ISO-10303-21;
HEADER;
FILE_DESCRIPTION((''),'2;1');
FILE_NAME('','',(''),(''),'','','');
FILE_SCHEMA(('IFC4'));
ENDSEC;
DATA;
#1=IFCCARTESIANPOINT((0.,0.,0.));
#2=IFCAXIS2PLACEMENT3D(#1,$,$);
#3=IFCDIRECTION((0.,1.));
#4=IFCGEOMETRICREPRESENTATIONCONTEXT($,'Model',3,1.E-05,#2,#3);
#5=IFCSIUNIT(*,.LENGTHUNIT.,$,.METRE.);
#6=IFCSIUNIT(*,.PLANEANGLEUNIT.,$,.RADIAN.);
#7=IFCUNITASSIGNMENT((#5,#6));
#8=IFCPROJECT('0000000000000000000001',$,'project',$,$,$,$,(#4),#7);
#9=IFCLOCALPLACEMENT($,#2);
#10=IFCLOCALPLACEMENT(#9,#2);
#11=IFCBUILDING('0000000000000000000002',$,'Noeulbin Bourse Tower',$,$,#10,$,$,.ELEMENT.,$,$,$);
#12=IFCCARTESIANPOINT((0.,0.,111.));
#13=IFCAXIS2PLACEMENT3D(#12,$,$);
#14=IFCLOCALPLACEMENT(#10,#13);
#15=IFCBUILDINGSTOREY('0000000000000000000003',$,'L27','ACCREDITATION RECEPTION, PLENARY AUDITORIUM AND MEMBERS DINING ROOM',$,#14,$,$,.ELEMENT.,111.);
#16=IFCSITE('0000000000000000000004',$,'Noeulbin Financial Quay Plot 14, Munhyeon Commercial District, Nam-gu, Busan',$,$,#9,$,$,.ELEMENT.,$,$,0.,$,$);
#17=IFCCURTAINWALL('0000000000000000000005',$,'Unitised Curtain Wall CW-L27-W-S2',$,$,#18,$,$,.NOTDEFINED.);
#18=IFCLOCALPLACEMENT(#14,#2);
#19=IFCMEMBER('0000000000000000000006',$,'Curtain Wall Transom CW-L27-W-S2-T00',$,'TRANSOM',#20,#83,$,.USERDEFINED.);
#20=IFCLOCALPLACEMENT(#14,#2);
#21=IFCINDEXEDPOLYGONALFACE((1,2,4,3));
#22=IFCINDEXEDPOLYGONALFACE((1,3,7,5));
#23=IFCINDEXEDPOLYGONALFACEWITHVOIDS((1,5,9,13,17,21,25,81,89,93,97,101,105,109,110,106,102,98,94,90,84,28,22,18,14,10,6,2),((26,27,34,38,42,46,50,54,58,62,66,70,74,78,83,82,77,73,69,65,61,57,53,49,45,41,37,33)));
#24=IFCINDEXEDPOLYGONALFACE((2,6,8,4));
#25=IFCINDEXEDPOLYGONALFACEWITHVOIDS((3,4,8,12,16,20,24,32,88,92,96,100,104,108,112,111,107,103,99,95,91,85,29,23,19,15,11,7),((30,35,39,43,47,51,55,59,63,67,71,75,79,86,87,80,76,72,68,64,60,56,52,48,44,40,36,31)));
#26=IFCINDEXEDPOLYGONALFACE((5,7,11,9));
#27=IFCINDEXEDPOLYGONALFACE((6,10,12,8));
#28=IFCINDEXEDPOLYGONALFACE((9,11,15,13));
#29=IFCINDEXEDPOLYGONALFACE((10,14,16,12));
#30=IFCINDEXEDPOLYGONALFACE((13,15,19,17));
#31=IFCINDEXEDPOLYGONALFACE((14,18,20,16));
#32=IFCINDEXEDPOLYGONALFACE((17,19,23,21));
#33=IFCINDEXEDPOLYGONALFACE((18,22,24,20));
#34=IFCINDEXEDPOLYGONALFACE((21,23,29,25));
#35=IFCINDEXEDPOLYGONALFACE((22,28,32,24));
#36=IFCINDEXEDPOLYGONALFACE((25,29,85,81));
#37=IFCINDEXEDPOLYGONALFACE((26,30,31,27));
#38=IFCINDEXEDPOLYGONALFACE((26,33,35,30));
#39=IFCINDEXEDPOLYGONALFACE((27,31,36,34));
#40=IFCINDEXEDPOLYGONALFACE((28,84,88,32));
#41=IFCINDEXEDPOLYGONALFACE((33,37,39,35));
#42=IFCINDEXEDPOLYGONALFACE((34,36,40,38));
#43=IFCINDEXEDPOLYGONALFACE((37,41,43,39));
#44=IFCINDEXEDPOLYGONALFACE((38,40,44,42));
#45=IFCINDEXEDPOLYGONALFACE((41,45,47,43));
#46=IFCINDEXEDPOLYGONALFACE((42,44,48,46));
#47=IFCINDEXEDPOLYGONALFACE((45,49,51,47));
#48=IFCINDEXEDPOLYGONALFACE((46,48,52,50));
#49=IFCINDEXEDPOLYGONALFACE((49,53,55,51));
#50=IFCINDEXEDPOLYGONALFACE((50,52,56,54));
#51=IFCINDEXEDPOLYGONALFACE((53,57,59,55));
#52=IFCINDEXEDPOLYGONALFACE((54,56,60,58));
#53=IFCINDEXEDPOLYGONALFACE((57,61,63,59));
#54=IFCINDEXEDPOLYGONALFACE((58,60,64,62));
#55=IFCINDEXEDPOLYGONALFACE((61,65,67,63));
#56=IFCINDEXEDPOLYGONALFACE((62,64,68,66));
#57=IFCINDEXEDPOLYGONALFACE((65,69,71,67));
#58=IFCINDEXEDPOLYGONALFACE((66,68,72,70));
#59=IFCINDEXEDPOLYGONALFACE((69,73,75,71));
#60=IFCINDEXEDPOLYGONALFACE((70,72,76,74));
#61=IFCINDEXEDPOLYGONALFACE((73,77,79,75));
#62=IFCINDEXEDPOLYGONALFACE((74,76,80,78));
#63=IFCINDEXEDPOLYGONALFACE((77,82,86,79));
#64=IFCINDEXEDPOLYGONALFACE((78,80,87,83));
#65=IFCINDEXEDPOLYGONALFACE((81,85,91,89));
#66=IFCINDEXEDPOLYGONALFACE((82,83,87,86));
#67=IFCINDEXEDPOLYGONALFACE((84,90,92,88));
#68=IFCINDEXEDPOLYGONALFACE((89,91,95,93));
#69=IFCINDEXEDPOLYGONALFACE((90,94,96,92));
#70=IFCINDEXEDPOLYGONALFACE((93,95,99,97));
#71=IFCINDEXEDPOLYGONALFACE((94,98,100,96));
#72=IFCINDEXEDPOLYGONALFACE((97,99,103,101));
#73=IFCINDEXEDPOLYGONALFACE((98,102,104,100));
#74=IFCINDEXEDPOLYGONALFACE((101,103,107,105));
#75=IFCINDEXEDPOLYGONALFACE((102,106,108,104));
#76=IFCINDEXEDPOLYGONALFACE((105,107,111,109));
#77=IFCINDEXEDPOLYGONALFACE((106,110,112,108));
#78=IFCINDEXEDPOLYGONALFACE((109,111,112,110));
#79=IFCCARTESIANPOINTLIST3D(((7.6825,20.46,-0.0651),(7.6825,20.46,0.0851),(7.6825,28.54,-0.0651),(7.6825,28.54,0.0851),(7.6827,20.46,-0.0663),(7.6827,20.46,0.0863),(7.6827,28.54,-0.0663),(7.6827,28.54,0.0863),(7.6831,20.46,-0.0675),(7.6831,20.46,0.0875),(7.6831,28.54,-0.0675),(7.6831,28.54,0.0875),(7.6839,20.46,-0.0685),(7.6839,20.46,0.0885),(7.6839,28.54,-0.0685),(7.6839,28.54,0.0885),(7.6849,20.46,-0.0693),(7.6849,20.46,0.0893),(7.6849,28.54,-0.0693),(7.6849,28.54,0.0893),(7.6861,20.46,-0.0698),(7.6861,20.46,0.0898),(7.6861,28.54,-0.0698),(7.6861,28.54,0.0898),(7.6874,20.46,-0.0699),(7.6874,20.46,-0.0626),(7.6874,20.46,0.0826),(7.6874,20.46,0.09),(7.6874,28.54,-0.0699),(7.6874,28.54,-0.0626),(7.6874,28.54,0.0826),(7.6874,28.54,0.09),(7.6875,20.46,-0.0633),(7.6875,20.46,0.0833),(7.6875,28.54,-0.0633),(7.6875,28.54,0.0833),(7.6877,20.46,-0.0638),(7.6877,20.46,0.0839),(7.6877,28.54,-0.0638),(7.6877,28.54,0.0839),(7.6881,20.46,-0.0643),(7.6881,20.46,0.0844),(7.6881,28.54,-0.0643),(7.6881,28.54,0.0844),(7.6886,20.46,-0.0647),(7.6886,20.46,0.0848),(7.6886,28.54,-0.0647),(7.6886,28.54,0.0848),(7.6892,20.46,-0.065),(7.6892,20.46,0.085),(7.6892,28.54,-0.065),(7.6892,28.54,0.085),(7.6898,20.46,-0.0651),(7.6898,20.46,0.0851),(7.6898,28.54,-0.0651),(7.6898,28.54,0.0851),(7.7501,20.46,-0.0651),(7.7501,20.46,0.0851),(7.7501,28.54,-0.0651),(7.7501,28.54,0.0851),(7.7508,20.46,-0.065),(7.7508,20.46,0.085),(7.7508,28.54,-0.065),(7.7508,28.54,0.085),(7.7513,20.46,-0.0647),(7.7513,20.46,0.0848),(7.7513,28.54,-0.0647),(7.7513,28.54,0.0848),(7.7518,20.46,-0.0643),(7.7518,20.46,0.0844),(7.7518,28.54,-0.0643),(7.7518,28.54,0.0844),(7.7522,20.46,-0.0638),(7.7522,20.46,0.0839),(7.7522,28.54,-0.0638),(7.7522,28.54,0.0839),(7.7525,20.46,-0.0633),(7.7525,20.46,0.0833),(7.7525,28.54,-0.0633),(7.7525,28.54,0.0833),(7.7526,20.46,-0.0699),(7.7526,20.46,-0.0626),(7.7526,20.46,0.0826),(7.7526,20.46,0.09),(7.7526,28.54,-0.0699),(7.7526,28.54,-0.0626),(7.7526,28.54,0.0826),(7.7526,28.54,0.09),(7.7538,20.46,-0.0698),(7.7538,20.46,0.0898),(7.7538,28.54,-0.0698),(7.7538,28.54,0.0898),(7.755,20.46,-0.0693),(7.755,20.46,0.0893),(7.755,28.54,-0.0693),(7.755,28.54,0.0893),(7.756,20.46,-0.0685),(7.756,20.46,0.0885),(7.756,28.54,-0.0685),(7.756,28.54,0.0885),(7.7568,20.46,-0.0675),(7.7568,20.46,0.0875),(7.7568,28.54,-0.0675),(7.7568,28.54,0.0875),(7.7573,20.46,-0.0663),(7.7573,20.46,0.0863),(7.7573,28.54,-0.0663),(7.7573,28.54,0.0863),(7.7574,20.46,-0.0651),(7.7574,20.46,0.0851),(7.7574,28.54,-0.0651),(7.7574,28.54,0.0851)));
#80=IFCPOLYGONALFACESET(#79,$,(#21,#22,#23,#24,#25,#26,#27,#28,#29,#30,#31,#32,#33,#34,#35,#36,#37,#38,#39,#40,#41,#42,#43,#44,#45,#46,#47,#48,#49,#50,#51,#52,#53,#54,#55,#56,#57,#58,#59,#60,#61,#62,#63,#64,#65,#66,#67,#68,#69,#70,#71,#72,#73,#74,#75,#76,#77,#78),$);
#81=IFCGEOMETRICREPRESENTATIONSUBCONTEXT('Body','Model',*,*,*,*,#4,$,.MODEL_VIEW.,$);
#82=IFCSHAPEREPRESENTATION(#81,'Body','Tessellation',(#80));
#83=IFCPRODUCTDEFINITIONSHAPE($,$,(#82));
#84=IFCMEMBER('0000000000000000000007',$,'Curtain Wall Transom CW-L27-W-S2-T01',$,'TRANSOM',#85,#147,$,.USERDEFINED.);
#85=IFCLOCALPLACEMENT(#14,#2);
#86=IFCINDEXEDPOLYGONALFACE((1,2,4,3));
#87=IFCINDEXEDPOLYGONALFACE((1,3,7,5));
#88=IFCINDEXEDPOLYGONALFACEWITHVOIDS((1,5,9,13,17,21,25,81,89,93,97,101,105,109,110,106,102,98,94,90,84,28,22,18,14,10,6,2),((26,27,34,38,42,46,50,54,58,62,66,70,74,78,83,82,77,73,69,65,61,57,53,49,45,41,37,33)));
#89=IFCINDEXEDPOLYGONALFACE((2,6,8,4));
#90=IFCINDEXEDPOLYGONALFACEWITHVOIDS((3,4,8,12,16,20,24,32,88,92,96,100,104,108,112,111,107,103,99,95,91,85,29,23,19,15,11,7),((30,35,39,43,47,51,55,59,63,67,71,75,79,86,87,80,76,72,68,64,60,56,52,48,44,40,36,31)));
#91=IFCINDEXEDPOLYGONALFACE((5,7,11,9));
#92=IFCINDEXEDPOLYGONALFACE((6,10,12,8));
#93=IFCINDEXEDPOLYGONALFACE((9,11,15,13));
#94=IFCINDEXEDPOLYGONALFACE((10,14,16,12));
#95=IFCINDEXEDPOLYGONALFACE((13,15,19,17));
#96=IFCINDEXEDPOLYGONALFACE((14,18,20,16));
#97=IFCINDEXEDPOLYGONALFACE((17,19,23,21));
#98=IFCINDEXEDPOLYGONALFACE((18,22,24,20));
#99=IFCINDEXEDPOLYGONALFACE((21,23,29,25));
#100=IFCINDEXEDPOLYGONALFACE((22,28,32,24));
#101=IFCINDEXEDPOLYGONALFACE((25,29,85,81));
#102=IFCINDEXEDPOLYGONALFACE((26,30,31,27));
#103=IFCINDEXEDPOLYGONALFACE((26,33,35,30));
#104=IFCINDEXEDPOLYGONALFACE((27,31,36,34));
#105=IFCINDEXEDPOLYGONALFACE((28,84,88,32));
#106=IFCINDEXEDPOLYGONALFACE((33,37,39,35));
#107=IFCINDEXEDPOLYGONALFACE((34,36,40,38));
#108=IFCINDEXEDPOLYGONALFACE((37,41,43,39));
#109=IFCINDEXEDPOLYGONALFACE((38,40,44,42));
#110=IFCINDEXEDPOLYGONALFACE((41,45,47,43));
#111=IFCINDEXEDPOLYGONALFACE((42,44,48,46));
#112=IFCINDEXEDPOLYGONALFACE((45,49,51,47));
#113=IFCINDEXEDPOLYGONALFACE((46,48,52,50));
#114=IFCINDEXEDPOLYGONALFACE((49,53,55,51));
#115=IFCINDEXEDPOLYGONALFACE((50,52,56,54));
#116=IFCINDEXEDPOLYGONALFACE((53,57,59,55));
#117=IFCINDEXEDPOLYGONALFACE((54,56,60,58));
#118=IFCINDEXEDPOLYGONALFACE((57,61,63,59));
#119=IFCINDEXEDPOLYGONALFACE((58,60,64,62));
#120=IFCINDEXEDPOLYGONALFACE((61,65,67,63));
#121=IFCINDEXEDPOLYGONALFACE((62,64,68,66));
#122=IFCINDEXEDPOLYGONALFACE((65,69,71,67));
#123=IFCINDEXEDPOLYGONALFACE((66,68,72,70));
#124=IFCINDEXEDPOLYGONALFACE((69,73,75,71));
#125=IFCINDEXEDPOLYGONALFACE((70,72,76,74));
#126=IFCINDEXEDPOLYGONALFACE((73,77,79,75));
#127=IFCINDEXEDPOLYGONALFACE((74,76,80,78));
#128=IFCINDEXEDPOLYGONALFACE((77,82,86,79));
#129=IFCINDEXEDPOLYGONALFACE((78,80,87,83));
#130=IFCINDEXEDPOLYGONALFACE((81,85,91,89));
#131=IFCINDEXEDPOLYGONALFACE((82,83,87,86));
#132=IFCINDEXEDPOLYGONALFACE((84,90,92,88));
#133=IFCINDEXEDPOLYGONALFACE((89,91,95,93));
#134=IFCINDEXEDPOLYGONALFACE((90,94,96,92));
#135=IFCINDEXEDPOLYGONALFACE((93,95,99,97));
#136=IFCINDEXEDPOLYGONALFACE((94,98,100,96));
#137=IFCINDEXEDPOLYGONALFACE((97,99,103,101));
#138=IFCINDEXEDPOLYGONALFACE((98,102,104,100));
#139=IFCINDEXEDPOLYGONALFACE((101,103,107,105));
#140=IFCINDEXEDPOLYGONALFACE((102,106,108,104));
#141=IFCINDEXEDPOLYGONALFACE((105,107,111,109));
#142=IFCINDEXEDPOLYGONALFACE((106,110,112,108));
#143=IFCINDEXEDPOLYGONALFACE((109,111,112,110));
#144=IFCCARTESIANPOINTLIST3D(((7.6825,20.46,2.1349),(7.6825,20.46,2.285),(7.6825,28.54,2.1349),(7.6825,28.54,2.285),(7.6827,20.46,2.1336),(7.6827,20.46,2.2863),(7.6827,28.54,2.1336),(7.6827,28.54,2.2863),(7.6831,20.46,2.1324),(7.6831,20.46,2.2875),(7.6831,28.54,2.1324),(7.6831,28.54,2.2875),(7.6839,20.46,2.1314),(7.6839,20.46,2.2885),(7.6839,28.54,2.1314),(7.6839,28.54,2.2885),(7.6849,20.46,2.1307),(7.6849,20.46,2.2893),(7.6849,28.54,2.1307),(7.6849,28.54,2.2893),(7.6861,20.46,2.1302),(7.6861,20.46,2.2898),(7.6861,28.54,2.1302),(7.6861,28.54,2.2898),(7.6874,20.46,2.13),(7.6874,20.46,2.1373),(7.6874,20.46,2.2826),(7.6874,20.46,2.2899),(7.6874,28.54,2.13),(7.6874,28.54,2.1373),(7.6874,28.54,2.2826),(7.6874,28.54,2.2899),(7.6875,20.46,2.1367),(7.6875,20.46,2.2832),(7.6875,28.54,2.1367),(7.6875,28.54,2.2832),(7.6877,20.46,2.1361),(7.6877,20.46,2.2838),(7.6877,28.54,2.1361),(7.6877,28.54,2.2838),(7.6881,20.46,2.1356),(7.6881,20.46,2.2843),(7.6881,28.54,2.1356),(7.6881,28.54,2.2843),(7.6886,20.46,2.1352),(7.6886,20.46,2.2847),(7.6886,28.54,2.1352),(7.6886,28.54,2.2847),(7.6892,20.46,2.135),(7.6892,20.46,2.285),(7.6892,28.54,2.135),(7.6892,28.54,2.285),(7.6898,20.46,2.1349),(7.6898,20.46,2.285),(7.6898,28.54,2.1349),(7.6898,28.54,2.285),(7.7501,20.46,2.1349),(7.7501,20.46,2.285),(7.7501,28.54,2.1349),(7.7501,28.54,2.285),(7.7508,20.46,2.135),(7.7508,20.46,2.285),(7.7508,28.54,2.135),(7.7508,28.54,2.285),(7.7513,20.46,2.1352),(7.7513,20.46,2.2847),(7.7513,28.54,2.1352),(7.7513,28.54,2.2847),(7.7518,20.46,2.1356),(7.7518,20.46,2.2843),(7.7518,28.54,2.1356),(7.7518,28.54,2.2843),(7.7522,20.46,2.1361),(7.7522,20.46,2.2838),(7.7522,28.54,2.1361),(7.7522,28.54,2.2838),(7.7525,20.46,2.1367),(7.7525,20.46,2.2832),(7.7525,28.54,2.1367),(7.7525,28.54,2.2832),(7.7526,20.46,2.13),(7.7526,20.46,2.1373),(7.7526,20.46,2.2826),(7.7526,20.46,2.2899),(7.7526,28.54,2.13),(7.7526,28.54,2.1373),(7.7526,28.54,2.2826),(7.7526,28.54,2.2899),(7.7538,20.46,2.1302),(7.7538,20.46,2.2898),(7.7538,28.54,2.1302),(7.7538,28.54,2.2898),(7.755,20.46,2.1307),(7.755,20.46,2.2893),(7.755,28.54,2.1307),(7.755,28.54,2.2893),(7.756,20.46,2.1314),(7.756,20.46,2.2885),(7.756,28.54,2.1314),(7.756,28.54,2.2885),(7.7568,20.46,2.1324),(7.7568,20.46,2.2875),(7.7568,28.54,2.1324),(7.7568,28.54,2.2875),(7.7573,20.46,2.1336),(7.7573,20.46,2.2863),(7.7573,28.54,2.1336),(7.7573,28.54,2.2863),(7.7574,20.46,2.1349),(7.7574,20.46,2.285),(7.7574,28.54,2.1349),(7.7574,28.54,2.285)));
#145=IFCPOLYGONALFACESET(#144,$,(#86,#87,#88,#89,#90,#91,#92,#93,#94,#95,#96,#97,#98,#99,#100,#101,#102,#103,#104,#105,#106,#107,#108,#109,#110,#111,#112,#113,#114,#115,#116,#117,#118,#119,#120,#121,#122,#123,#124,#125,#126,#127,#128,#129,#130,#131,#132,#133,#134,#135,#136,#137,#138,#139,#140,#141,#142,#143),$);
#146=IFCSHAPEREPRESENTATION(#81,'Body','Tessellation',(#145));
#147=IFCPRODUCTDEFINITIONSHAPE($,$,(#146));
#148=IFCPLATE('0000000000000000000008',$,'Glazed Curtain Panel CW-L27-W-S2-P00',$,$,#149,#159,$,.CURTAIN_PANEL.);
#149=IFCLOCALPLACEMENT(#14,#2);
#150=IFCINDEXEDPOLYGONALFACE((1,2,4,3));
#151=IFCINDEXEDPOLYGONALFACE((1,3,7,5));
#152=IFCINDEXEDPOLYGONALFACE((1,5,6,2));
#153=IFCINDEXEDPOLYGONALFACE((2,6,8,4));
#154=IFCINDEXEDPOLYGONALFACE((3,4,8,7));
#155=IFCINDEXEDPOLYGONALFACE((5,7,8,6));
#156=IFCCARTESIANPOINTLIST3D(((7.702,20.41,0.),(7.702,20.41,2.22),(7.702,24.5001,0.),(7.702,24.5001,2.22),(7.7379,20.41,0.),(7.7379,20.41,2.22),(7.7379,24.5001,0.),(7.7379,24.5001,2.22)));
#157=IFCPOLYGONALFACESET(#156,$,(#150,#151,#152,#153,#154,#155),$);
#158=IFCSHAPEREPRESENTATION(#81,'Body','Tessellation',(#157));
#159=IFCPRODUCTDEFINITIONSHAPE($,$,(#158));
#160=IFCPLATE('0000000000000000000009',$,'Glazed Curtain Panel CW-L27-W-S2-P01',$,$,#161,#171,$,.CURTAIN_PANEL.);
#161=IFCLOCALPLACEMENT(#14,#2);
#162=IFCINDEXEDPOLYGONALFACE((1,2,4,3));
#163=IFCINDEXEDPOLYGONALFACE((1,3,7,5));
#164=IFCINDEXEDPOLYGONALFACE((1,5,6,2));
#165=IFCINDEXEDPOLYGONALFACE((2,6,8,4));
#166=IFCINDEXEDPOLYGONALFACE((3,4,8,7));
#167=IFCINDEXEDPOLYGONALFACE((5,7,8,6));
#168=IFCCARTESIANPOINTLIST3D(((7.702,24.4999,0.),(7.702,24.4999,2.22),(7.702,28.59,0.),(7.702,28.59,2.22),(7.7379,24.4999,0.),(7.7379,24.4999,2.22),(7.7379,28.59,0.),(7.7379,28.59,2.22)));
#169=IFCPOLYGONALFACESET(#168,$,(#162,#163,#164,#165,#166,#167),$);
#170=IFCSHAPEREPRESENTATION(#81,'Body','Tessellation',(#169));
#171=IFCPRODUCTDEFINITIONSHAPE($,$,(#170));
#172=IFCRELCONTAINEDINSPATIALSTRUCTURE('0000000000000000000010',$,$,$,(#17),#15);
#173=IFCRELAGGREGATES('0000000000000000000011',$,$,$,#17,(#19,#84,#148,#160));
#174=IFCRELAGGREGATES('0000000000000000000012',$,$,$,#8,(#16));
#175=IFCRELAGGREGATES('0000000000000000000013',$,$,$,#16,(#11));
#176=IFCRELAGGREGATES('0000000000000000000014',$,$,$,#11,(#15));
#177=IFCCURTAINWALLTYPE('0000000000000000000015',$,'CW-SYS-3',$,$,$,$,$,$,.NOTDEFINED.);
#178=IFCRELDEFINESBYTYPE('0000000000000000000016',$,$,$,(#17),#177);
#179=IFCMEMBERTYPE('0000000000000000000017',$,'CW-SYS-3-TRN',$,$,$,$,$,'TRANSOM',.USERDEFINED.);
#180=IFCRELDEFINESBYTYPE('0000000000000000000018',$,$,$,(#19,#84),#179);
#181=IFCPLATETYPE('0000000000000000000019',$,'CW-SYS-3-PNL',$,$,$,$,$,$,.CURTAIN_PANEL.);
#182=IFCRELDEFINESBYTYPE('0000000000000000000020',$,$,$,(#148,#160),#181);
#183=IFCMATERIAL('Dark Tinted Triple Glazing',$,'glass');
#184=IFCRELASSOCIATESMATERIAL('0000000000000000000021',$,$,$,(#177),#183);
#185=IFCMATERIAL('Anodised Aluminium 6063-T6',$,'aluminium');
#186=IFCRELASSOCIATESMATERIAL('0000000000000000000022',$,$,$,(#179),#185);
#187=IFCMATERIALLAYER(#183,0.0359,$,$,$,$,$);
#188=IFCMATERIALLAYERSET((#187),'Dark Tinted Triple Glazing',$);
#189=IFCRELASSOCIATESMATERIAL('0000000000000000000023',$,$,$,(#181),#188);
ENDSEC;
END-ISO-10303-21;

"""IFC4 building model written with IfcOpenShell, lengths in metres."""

from ifc_helpers import new_model, si_unit, direction, frame, origin, origin_2d, place, context, subcontext, project, spatial, rectangle, hollow_rectangle, extrude, material, layer, layer_set, material_profile, profile_set, type_object, element, aggregate, save


model = new_model("IFC4")

# Units and contexts
model_context = context("Model", 3, precision=1e-05, world=origin(), true_north=direction((0.0, 1.0)))
body_context = subcontext(model_context, "Body", "Model", "MODEL_VIEW")
ifc_project = project(units=[si_unit("LENGTHUNIT", "METRE"), si_unit("PLANEANGLEUNIT", "RADIAN")], contexts=[model_context])

# Site, building, storey
site_placement = place(None, origin())
site = spatial("IfcSite", under=ifc_project, at=site_placement, Name="Noeulbin Financial Quay Plot 14, Munhyeon Commercial District, Nam-gu, Busan", CompositionType="ELEMENT", RefElevation=0.0)
building_placement = place(site_placement, origin())
building = spatial("IfcBuilding", under=site, at=building_placement, Name="Noeulbin Bourse Tower", CompositionType="ELEMENT")
storey_placement = place(building_placement, frame((0.0, 0.0, 111.0)))
storey = spatial("IfcBuildingStorey", under=building, at=storey_placement, Name="L27", Description="ACCREDITATION RECEPTION, PLENARY AUDITORIUM AND MEMBERS DINING ROOM", CompositionType="ELEMENT", Elevation=111.0)

# Curtain wall, members, plates
ifc_material_1 = material(Name="Dark Tinted Triple Glazing", Category="glass")
curtain_wall_type = type_object("IfcCurtainWallType", Name="CW-SYS-3", PredefinedType="NOTDEFINED", material=ifc_material_1)
curtain_wall_placement = place(storey_placement, origin())
curtain_wall = element("IfcCurtainWall", 1, at=curtain_wall_placement, inside=storey, type_object=curtain_wall_type, Name="Unitised Curtain Wall CW-L27-W-S2", PredefinedType="NOTDEFINED")
ifc_material_2 = material(Name="Anodised Aluminium 6063-T6", Category="aluminium")
ifc_material_profile_1 = material_profile(ifc_material_2, hollow_rectangle(XDim=0.075, YDim=0.1599, WallThickness=0.0049, InnerFilletRadius=0.0024, OuterFilletRadius=0.0049, at=origin_2d()), Name="ALU-TRAN-75x160x5", Category="LoadBearing")
ifc_profile_set_1 = profile_set([ifc_material_profile_1], Name="Anodised Aluminium 6063-T6")
member_type_1 = type_object("IfcMemberType", Name="CW-SYS-3-TRN", ElementType="TRANSOM", PredefinedType="USERDEFINED", material=ifc_profile_set_1)
member_1_placement = place(storey_placement, frame((7.72, 20.46, 0.01), z_axis=(0.0, 1.0, 0.0), x_axis=(-1.0, 0.0, 0.0)))
member_1 = element("IfcMember", 2, at=member_1_placement, type_object=member_type_1, Name="Curtain Wall Transom CW-L27-W-S2-T00", ObjectType="TRANSOM", PredefinedType="USERDEFINED", context=body_context, shape_type="SweptSolid", body=[
    extrude(hollow_rectangle(XDim=0.075, YDim=0.1599, WallThickness=0.0049, InnerFilletRadius=0.0024, OuterFilletRadius=0.0049, at=origin_2d()), origin(), (0.0, 0.0, 1.0), 8.0801),
])
member_2_placement = place(storey_placement, frame((7.72, 20.46, 2.21), z_axis=(0.0, 1.0, 0.0), x_axis=(-1.0, 0.0, 0.0)))
member_2 = element("IfcMember", 3, at=member_2_placement, type_object=member_type_1, Name="Curtain Wall Transom CW-L27-W-S2-T01", ObjectType="TRANSOM", PredefinedType="USERDEFINED", context=body_context, shape_type="SweptSolid", body=[
    extrude(hollow_rectangle(XDim=0.075, YDim=0.1599, WallThickness=0.0049, InnerFilletRadius=0.0024, OuterFilletRadius=0.0049, at=origin_2d()), origin(), (0.0, 0.0, 1.0), 8.0801),
])
ifc_layer_1 = layer(ifc_material_1, 0.0359)
ifc_layer_set_1 = layer_set([ifc_layer_1], Name="Dark Tinted Triple Glazing")
plate_type = type_object("IfcPlateType", Name="CW-SYS-3-PNL", PredefinedType="CURTAIN_PANEL", material=ifc_layer_set_1)
plate_1_placement = place(storey_placement, frame((7.72, 22.4551, 0.0), z_axis=(0.0, 0.0, 1.0), x_axis=(0.0, 1.0, 0.0)))
plate_1 = element("IfcPlate", 4, at=plate_1_placement, type_object=plate_type, Name="Glazed Curtain Panel CW-L27-W-S2-P00", PredefinedType="CURTAIN_PANEL", context=body_context, shape_type="SweptSolid", body=[
    extrude(rectangle(XDim=4.0901, YDim=0.0359, at=origin_2d()), origin(), (0.0, 0.0, 1.0), 2.22),
])
plate_2_placement = place(storey_placement, frame((7.72, 26.5449, 0.0), z_axis=(0.0, 0.0, 1.0), x_axis=(0.0, 1.0, 0.0)))
plate_2 = element("IfcPlate", 5, at=plate_2_placement, type_object=plate_type, Name="Glazed Curtain Panel CW-L27-W-S2-P01", PredefinedType="CURTAIN_PANEL", context=body_context, shape_type="SweptSolid", body=[
    extrude(rectangle(XDim=4.0901, YDim=0.0359, at=origin_2d()), origin(), (0.0, 0.0, 1.0), 2.22),
])
aggregate(curtain_wall, [member_1, member_2, plate_1, plate_2])

save(model, "model.ifc")
